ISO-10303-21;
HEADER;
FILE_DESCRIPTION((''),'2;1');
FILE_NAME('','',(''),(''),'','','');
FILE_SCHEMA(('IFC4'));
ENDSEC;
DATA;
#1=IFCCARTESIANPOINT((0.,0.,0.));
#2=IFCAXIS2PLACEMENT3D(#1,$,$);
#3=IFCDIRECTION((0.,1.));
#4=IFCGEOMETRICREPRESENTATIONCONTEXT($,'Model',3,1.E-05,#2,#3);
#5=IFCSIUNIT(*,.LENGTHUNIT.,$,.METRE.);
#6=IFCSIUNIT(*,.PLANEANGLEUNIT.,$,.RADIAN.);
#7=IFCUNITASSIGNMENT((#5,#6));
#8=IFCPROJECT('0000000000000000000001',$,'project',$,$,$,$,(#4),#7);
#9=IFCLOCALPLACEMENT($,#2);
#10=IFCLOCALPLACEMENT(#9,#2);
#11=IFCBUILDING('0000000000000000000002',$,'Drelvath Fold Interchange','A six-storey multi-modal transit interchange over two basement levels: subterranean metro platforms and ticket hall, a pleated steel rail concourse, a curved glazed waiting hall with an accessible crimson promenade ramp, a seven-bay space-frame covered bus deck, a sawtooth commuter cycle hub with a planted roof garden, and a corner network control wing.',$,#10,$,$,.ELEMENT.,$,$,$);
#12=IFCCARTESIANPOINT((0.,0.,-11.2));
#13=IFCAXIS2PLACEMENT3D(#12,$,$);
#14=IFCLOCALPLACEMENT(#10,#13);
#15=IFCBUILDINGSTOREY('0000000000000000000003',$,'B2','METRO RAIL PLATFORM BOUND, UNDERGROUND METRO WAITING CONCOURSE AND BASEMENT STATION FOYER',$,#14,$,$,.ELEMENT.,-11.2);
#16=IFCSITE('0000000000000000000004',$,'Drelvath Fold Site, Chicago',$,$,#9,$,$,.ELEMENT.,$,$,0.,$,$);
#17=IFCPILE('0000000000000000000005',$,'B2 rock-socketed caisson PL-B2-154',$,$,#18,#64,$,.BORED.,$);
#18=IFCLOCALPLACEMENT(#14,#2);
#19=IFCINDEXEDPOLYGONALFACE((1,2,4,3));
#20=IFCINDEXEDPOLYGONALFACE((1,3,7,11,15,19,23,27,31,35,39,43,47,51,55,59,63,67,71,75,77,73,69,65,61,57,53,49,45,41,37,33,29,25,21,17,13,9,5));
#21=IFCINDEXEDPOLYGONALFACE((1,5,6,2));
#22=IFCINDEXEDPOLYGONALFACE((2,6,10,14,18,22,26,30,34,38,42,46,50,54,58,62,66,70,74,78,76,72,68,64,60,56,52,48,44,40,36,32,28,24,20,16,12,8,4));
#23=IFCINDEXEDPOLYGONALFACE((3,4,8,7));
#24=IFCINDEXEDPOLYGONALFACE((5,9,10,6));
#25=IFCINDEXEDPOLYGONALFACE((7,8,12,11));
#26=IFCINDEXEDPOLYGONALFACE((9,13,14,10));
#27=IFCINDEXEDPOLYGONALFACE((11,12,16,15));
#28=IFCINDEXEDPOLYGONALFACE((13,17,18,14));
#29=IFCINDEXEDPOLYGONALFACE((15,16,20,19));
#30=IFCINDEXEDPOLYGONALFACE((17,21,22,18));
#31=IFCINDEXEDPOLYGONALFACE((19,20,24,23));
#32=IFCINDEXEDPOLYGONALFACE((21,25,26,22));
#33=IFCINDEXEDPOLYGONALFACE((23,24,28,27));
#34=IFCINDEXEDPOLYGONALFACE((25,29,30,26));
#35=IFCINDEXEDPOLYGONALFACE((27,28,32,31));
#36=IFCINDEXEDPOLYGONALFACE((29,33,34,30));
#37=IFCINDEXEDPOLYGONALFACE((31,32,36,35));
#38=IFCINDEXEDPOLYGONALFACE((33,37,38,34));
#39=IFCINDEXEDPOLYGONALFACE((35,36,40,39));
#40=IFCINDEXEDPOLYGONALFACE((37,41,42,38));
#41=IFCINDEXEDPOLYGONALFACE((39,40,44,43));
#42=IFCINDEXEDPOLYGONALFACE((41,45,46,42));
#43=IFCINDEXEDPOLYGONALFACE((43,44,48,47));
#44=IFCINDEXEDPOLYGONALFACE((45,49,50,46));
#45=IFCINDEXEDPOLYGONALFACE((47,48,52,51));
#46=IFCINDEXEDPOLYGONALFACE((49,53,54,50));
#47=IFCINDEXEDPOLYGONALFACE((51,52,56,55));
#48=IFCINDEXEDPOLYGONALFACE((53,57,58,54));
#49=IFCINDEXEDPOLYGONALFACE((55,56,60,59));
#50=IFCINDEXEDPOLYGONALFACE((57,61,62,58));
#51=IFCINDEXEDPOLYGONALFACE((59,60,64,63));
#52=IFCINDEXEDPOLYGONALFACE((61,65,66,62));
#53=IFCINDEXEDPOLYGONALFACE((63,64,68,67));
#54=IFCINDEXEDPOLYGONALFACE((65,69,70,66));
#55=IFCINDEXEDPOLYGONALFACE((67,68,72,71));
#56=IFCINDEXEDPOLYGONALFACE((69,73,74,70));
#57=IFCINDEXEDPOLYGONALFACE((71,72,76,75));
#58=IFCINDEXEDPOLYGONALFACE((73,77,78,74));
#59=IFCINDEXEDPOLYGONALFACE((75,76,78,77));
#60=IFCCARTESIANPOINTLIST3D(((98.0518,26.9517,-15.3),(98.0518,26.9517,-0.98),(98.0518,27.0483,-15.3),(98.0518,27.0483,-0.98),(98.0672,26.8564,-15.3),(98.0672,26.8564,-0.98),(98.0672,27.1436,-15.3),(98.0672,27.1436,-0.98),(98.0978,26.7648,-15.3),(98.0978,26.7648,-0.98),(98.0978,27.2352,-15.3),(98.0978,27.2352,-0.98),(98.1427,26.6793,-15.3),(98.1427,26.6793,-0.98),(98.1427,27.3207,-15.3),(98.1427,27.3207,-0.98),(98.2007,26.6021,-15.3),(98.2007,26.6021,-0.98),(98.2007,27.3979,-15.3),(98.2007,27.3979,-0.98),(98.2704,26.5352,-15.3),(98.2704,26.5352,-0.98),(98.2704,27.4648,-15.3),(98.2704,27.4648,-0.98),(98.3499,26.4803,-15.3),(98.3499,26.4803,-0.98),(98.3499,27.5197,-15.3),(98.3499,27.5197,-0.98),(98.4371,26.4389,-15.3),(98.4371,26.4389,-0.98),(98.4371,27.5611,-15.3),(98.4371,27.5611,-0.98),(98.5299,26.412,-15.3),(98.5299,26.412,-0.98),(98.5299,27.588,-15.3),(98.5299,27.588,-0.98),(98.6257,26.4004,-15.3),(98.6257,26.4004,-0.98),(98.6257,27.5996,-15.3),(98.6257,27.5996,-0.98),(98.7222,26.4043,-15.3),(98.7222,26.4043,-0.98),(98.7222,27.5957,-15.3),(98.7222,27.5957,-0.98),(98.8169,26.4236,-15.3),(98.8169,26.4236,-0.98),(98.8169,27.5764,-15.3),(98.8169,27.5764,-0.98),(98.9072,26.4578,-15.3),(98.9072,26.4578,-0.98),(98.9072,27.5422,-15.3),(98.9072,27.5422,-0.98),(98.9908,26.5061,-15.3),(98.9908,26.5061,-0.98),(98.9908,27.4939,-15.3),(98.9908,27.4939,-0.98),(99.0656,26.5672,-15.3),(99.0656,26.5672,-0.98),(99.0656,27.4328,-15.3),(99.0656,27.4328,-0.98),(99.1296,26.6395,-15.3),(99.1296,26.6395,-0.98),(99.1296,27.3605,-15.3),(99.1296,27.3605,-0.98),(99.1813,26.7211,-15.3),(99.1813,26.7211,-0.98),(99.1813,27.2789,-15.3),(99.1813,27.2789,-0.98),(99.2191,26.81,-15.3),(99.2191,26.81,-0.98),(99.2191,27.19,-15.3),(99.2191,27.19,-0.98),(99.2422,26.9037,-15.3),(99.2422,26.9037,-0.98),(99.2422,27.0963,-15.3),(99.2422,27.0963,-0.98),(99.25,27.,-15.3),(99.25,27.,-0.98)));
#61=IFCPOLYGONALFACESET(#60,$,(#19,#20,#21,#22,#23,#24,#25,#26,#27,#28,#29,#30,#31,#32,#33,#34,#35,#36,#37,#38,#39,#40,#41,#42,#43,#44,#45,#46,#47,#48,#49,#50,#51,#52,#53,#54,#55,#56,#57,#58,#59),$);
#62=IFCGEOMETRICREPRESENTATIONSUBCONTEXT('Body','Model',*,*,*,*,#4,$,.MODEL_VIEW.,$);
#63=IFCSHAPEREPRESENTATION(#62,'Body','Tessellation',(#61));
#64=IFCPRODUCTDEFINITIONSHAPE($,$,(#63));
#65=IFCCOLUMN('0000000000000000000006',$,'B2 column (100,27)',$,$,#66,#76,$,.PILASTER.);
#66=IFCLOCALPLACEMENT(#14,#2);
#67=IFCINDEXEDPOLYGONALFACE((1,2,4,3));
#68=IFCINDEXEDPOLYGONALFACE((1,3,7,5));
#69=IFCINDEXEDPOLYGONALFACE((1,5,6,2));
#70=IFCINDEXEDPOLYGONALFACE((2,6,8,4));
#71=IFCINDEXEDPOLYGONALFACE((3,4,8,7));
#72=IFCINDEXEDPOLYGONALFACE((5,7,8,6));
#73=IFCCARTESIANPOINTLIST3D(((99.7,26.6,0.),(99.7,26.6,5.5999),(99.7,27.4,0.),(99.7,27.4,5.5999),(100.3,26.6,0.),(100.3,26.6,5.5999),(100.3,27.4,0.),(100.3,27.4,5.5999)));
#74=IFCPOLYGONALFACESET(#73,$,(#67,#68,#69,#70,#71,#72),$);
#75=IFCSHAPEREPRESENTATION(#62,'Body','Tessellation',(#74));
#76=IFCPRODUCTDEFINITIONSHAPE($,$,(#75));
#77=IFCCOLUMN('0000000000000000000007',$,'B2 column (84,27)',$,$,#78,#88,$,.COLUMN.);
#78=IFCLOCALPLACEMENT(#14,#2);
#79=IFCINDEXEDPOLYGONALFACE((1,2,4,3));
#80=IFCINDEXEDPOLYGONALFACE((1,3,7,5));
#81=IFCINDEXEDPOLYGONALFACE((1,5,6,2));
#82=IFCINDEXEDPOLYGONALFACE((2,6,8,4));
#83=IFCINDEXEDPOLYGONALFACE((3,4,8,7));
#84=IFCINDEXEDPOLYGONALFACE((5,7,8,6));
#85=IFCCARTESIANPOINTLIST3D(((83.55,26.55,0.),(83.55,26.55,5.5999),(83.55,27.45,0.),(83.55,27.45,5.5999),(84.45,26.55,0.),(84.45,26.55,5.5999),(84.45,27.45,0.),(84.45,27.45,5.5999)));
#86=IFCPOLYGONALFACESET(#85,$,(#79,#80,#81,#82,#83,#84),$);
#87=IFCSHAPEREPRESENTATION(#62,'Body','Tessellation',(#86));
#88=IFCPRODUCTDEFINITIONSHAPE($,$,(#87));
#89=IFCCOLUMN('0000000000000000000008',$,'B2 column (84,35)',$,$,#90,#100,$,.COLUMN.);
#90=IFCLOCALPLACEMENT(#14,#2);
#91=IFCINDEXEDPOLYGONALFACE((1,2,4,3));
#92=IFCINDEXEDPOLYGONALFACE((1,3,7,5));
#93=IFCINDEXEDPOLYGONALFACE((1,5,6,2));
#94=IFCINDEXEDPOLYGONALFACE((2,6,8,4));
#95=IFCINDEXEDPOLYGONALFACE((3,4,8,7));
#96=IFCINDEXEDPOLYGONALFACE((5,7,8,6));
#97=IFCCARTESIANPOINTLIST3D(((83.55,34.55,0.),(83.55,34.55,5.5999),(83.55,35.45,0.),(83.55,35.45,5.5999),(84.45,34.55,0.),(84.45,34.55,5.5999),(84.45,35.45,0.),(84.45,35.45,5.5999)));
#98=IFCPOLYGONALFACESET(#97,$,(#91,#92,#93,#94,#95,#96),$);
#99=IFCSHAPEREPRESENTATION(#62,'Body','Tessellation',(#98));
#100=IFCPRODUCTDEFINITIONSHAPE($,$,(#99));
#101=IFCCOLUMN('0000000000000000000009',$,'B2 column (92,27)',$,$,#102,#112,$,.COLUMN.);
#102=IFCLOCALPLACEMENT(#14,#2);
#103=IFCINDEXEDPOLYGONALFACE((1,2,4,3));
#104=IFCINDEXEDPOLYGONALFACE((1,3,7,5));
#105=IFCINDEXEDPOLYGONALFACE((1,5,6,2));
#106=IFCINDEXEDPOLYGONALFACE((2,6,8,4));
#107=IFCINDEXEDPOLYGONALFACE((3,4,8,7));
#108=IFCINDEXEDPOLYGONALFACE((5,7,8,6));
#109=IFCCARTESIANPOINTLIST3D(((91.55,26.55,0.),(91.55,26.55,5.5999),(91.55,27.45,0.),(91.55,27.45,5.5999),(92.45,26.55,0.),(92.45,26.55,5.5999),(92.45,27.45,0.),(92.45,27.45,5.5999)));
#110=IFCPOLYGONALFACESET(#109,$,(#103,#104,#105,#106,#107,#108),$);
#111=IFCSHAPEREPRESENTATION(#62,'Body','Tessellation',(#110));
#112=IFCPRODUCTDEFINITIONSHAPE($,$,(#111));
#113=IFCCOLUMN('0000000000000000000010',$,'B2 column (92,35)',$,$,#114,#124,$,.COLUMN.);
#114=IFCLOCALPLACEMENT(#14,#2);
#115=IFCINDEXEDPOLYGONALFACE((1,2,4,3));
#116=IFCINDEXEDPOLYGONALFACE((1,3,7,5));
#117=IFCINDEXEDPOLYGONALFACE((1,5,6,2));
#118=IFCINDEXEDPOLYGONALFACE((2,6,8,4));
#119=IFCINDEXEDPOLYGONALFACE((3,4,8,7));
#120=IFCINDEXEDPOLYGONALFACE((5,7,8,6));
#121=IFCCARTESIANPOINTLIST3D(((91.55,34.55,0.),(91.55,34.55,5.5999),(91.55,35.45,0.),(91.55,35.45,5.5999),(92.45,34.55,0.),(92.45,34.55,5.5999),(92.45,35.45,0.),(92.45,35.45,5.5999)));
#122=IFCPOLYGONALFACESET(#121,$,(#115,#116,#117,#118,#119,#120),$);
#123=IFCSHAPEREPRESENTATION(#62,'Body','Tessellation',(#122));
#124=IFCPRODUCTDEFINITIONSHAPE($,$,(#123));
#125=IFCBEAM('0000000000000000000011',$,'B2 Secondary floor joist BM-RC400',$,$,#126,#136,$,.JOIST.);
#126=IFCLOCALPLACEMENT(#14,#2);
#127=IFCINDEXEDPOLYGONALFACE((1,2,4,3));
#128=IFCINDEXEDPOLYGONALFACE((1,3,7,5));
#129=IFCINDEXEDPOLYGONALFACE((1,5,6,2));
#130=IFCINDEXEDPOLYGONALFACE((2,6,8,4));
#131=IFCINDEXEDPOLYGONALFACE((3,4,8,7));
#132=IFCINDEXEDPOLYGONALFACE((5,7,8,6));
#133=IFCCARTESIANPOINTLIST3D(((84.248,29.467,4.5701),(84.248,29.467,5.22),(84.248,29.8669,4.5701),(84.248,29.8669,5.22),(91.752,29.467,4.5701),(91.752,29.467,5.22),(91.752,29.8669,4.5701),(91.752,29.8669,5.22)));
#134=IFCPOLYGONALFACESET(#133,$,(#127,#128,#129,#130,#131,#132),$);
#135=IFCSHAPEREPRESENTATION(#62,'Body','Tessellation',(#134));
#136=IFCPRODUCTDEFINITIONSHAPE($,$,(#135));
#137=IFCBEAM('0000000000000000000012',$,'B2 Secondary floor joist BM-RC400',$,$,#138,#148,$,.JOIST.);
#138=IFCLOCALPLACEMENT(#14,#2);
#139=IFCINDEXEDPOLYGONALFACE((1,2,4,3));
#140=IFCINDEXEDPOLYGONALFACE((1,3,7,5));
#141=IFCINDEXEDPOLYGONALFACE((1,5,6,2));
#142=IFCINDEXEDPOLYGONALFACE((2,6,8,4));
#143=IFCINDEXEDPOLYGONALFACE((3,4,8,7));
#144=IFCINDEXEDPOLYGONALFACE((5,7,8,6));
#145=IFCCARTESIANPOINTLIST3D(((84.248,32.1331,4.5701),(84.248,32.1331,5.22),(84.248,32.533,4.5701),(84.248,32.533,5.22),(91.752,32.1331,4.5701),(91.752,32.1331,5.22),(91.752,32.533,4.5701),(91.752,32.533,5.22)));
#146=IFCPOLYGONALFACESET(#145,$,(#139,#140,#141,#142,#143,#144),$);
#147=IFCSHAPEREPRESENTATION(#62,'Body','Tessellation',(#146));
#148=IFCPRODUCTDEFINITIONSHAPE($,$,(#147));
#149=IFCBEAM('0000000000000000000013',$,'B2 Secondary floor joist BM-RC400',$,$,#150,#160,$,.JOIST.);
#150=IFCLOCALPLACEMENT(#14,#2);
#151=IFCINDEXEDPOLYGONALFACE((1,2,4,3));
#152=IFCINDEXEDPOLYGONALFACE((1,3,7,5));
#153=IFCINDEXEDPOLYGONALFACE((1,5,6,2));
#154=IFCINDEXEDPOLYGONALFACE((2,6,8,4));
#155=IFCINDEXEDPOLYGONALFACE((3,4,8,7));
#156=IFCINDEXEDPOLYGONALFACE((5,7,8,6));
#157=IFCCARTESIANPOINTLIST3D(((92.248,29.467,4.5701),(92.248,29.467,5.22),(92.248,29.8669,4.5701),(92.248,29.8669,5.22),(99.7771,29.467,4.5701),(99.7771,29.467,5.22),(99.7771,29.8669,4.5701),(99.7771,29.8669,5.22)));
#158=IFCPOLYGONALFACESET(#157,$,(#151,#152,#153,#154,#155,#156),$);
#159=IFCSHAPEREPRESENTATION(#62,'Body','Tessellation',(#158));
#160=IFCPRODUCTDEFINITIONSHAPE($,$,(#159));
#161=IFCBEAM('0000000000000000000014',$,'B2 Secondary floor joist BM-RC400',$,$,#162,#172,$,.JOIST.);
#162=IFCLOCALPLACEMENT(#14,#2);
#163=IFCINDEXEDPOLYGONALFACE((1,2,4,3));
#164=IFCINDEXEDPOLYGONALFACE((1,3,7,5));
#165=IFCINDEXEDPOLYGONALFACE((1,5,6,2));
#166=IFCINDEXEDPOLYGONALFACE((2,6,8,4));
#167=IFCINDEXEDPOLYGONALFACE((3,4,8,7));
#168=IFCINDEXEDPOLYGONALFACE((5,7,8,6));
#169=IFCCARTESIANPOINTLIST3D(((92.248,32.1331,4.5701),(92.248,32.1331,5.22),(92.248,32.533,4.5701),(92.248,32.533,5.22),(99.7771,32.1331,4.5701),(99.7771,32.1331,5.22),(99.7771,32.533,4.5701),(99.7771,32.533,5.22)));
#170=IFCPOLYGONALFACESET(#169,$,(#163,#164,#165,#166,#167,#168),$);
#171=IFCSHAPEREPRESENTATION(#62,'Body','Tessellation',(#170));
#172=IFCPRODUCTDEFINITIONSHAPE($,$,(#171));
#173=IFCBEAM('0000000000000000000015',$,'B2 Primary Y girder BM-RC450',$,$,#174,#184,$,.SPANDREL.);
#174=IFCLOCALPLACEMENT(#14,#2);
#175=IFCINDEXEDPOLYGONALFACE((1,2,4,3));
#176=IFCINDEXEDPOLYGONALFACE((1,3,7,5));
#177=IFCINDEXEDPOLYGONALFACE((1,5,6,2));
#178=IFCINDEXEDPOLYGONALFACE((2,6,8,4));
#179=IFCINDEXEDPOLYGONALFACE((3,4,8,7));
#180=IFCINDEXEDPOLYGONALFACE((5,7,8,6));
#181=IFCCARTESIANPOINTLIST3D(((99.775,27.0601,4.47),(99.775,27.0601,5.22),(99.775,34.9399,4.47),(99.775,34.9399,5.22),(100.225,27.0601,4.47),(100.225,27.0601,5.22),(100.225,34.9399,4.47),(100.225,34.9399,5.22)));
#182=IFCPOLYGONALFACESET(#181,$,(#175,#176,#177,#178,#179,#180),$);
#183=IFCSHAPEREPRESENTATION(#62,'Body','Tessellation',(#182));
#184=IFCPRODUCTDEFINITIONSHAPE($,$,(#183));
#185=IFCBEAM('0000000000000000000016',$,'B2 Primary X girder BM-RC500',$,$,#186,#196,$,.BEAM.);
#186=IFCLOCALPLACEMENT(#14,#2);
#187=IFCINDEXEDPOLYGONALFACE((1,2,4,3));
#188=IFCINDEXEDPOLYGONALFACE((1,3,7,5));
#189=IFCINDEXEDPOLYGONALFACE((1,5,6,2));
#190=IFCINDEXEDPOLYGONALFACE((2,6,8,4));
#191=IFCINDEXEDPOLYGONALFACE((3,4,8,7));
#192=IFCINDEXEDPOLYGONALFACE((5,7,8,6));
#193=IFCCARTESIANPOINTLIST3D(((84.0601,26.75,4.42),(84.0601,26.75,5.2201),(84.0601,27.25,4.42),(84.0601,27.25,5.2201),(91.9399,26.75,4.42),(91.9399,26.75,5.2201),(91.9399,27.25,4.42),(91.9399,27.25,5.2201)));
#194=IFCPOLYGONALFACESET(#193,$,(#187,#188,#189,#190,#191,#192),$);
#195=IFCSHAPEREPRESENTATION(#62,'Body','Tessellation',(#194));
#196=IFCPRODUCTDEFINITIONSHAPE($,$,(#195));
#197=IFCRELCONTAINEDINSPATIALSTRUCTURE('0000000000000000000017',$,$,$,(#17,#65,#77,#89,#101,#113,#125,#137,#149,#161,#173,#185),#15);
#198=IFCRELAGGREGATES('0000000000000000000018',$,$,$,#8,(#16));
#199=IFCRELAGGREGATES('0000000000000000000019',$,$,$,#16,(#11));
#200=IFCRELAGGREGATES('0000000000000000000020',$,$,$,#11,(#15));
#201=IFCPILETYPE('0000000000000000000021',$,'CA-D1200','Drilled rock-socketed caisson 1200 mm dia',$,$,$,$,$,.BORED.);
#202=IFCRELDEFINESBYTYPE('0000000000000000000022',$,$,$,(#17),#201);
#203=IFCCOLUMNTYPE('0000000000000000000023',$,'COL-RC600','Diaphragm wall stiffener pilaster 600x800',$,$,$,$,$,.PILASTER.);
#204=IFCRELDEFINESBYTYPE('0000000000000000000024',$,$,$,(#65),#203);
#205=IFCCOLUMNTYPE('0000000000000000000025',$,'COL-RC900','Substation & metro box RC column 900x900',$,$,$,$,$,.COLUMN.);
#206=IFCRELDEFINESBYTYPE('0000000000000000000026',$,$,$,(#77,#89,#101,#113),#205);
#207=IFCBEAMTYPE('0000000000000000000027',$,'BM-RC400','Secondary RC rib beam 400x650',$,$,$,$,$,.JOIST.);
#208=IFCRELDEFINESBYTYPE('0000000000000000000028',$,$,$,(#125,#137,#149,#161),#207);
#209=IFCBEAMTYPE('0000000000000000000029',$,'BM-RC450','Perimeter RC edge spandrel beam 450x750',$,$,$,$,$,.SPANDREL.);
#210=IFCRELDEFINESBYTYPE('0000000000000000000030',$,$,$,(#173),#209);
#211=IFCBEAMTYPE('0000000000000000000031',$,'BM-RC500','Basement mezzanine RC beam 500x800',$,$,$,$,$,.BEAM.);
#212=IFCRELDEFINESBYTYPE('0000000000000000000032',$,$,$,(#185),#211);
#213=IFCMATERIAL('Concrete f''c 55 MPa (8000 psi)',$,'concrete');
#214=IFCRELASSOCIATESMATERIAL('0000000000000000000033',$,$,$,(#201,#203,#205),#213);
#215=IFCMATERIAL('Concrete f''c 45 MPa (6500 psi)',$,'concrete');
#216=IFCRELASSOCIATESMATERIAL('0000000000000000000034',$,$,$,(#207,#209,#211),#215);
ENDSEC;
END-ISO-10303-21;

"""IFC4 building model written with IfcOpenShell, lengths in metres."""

from ifc_helpers import new_model, si_unit, direction, frame, origin, origin_2d, place, context, subcontext, project, spatial, rectangle, circle, extrude, material, material_profile, profile_set, type_object, element, save


model = new_model("IFC4")

# Units and contexts
model_context = context("Model", 3, precision=1e-05, world=origin(), true_north=direction((0.0, 1.0)))
body_context = subcontext(model_context, "Body", "Model", "MODEL_VIEW")
ifc_project = project(units=[si_unit("LENGTHUNIT", "METRE"), si_unit("PLANEANGLEUNIT", "RADIAN")], contexts=[model_context])

# Site, building, storey
site_placement = place(None, origin())
site = spatial("IfcSite", under=ifc_project, at=site_placement, Name="Drelvath Fold Site, Chicago", CompositionType="ELEMENT", RefElevation=0.0)
building_placement = place(site_placement, origin())
building = spatial("IfcBuilding", under=site, at=building_placement, Name="Drelvath Fold Interchange", Description="A six-storey multi-modal transit interchange over two basement levels: subterranean metro platforms and ticket hall, a pleated steel rail concourse, a curved glazed waiting hall with an accessible crimson promenade ramp, a seven-bay space-frame covered bus deck, a sawtooth commuter cycle hub with a planted roof garden, and a corner network control wing.", CompositionType="ELEMENT")
storey_placement = place(building_placement, frame((0.0, 0.0, -11.2)))
storey = spatial("IfcBuildingStorey", under=building, at=storey_placement, Name="B2", Description="METRO RAIL PLATFORM BOUND, UNDERGROUND METRO WAITING CONCOURSE AND BASEMENT STATION FOYER", CompositionType="ELEMENT", Elevation=-11.2)

# Pile
ifc_material_1 = material(Name="Concrete f'c 55 MPa (8000 psi)", Category="concrete")
ifc_material_profile_1 = material_profile(ifc_material_1, circle(Radius=0.6001, at=origin_2d()), Name="CAISSON D1200")
ifc_profile_set_1 = profile_set([ifc_material_profile_1], Name="Concrete f'c 55 MPa (8000 psi)")
pile_type = type_object("IfcPileType", Name="CA-D1200", Description="Drilled rock-socketed caisson 1200 mm dia", PredefinedType="BORED", material=ifc_profile_set_1)
for number, where, z_axis, x_axis, name in (
    (1, (98.6499, 27.0, -0.98), (0.0, 0.0, -1.0), (1.0, 0.0, 0.0), "B2 rock-socketed caisson PL-B2-154"),
):
    element("IfcPile", number, at=place(storey_placement, frame(where, z_axis=z_axis, x_axis=x_axis)), inside=storey, type_object=pile_type, Name=name, PredefinedType="BORED", context=body_context, shape_type="SweptSolid", body=[
        extrude(circle(Radius=0.6001, at=origin_2d()), origin(), (0.0, 0.0, 1.0), 14.3201),
    ])

# Columns
ifc_material_profile_2 = material_profile(ifc_material_1, rectangle(XDim=0.6001, YDim=0.8, at=origin_2d()), Name="RC 600x800")
ifc_profile_set_2 = profile_set([ifc_material_profile_2], Name="Concrete f'c 55 MPa (8000 psi)")
column_type_1 = type_object("IfcColumnType", Name="COL-RC600", Description="Diaphragm wall stiffener pilaster 600x800", PredefinedType="PILASTER", material=ifc_profile_set_2)
column_placement = place(storey_placement, frame((100.0, 27.0, 0.0), z_axis=(0.0, 0.0, 1.0), x_axis=(1.0, 0.0, 0.0)))
element("IfcColumn", 2, at=column_placement, inside=storey, type_object=column_type_1, Name="B2 column (100,27)", PredefinedType="PILASTER", context=body_context, shape_type="SweptSolid", body=[
    extrude(rectangle(XDim=0.6001, YDim=0.8, at=origin_2d()), origin(), (0.0, 0.0, 1.0), 5.5999),
])
ifc_material_profile_3 = material_profile(ifc_material_1, rectangle(XDim=0.8999, YDim=0.8999, at=origin_2d()), Name="RC 900x900")
ifc_profile_set_3 = profile_set([ifc_material_profile_3], Name="Concrete f'c 55 MPa (8000 psi)")
column_type_2 = type_object("IfcColumnType", Name="COL-RC900", Description="Substation & metro box RC column 900x900", PredefinedType="COLUMN", material=ifc_profile_set_3)
for number, where, z_axis, x_axis, name in (
    (3, (84.0, 27.0, 0.0), (0.0, 0.0, 1.0), (1.0, 0.0, 0.0), "B2 column (84,27)"),
    (4, (84.0, 35.0, 0.0), (0.0, 0.0, 1.0), (1.0, 0.0, 0.0), "B2 column (84,35)"),
    (5, (92.0, 27.0, 0.0), (0.0, 0.0, 1.0), (1.0, 0.0, 0.0), "B2 column (92,27)"),
    (6, (92.0, 35.0, 0.0), (0.0, 0.0, 1.0), (1.0, 0.0, 0.0), "B2 column (92,35)"),
):
    element("IfcColumn", number, at=place(storey_placement, frame(where, z_axis=z_axis, x_axis=x_axis)), inside=storey, type_object=column_type_2, Name=name, PredefinedType="COLUMN", context=body_context, shape_type="SweptSolid", body=[
        extrude(rectangle(XDim=0.8999, YDim=0.8999, at=origin_2d()), origin(), (0.0, 0.0, 1.0), 5.5999),
    ])

# Beams
ifc_material_2 = material(Name="Concrete f'c 45 MPa (6500 psi)", Category="concrete")
ifc_material_profile_4 = material_profile(ifc_material_2, rectangle(XDim=0.3999, YDim=0.6499, at=origin_2d()), Name="RC 400x650")
ifc_profile_set_4 = profile_set([ifc_material_profile_4], Name="Concrete f'c 45 MPa (6500 psi)")
beam_type_1 = type_object("IfcBeamType", Name="BM-RC400", Description="Secondary RC rib beam 400x650", PredefinedType="JOIST", material=ifc_profile_set_4)
for number, where, z_axis, x_axis, name in (
    (7, (84.248, 29.667, 4.895), (1.0, 0.0, 0.0), (0.0, 1.0, 0.0), "B2 Secondary floor joist BM-RC400"),
    (8, (84.248, 32.333, 4.895), (1.0, 0.0, 0.0), (0.0, 1.0, 0.0), "B2 Secondary floor joist BM-RC400"),
):
    element("IfcBeam", number, at=place(storey_placement, frame(where, z_axis=z_axis, x_axis=x_axis)), inside=storey, type_object=beam_type_1, Name=name, PredefinedType="JOIST", context=body_context, shape_type="SweptSolid", body=[
        extrude(rectangle(XDim=0.3999, YDim=0.6499, at=origin_2d()), origin(), (0.0, 0.0, 1.0), 7.5039),
    ])
for number, where, z_axis, x_axis, name in (
    (9, (92.248, 29.667, 4.895), (1.0, 0.0, 0.0), (0.0, 1.0, 0.0), "B2 Secondary floor joist BM-RC400"),
    (10, (92.248, 32.333, 4.895), (1.0, 0.0, 0.0), (0.0, 1.0, 0.0), "B2 Secondary floor joist BM-RC400"),
):
    element("IfcBeam", number, at=place(storey_placement, frame(where, z_axis=z_axis, x_axis=x_axis)), inside=storey, type_object=beam_type_1, Name=name, PredefinedType="JOIST", context=body_context, shape_type="SweptSolid", body=[
        extrude(rectangle(XDim=0.3999, YDim=0.6499, at=origin_2d()), origin(), (0.0, 0.0, 1.0), 7.5291),
    ])
ifc_material_profile_5 = material_profile(ifc_material_2, rectangle(XDim=0.45, YDim=0.75, at=origin_2d()), Name="RC 450x750")
ifc_profile_set_5 = profile_set([ifc_material_profile_5], Name="Concrete f'c 45 MPa (6500 psi)")
beam_type_2 = type_object("IfcBeamType", Name="BM-RC450", Description="Perimeter RC edge spandrel beam 450x750", PredefinedType="SPANDREL", material=ifc_profile_set_5)
beam_placement = place(storey_placement, frame((100.0, 27.0601, 4.845), z_axis=(0.0, 1.0, 0.0), x_axis=(-1.0, 0.0, 0.0)))
element("IfcBeam", 11, at=beam_placement, inside=storey, type_object=beam_type_2, Name="B2 Primary Y girder BM-RC450", PredefinedType="SPANDREL", context=body_context, shape_type="SweptSolid", body=[
    extrude(rectangle(XDim=0.45, YDim=0.75, at=origin_2d()), origin(), (0.0, 0.0, 1.0), 7.8799),
])
ifc_material_profile_6 = material_profile(ifc_material_2, rectangle(XDim=0.5, YDim=0.8, at=origin_2d()), Name="RC 500x800")
ifc_profile_set_6 = profile_set([ifc_material_profile_6], Name="Concrete f'c 45 MPa (6500 psi)")
beam_type_3 = type_object("IfcBeamType", Name="BM-RC500", Description="Basement mezzanine RC beam 500x800", PredefinedType="BEAM", material=ifc_profile_set_6)
for number, where, z_axis, x_axis, name in (
    (12, (84.0601, 27.0, 4.8201), (1.0, 0.0, 0.0), (0.0, 1.0, 0.0), "B2 Primary X girder BM-RC500"),
):
    element("IfcBeam", number, at=place(storey_placement, frame(where, z_axis=z_axis, x_axis=x_axis)), inside=storey, type_object=beam_type_3, Name=name, PredefinedType="BEAM", context=body_context, shape_type="SweptSolid", body=[
        extrude(rectangle(XDim=0.5, YDim=0.8, at=origin_2d()), origin(), (0.0, 0.0, 1.0), 7.8799),
    ])

save(model, "model.ifc")
